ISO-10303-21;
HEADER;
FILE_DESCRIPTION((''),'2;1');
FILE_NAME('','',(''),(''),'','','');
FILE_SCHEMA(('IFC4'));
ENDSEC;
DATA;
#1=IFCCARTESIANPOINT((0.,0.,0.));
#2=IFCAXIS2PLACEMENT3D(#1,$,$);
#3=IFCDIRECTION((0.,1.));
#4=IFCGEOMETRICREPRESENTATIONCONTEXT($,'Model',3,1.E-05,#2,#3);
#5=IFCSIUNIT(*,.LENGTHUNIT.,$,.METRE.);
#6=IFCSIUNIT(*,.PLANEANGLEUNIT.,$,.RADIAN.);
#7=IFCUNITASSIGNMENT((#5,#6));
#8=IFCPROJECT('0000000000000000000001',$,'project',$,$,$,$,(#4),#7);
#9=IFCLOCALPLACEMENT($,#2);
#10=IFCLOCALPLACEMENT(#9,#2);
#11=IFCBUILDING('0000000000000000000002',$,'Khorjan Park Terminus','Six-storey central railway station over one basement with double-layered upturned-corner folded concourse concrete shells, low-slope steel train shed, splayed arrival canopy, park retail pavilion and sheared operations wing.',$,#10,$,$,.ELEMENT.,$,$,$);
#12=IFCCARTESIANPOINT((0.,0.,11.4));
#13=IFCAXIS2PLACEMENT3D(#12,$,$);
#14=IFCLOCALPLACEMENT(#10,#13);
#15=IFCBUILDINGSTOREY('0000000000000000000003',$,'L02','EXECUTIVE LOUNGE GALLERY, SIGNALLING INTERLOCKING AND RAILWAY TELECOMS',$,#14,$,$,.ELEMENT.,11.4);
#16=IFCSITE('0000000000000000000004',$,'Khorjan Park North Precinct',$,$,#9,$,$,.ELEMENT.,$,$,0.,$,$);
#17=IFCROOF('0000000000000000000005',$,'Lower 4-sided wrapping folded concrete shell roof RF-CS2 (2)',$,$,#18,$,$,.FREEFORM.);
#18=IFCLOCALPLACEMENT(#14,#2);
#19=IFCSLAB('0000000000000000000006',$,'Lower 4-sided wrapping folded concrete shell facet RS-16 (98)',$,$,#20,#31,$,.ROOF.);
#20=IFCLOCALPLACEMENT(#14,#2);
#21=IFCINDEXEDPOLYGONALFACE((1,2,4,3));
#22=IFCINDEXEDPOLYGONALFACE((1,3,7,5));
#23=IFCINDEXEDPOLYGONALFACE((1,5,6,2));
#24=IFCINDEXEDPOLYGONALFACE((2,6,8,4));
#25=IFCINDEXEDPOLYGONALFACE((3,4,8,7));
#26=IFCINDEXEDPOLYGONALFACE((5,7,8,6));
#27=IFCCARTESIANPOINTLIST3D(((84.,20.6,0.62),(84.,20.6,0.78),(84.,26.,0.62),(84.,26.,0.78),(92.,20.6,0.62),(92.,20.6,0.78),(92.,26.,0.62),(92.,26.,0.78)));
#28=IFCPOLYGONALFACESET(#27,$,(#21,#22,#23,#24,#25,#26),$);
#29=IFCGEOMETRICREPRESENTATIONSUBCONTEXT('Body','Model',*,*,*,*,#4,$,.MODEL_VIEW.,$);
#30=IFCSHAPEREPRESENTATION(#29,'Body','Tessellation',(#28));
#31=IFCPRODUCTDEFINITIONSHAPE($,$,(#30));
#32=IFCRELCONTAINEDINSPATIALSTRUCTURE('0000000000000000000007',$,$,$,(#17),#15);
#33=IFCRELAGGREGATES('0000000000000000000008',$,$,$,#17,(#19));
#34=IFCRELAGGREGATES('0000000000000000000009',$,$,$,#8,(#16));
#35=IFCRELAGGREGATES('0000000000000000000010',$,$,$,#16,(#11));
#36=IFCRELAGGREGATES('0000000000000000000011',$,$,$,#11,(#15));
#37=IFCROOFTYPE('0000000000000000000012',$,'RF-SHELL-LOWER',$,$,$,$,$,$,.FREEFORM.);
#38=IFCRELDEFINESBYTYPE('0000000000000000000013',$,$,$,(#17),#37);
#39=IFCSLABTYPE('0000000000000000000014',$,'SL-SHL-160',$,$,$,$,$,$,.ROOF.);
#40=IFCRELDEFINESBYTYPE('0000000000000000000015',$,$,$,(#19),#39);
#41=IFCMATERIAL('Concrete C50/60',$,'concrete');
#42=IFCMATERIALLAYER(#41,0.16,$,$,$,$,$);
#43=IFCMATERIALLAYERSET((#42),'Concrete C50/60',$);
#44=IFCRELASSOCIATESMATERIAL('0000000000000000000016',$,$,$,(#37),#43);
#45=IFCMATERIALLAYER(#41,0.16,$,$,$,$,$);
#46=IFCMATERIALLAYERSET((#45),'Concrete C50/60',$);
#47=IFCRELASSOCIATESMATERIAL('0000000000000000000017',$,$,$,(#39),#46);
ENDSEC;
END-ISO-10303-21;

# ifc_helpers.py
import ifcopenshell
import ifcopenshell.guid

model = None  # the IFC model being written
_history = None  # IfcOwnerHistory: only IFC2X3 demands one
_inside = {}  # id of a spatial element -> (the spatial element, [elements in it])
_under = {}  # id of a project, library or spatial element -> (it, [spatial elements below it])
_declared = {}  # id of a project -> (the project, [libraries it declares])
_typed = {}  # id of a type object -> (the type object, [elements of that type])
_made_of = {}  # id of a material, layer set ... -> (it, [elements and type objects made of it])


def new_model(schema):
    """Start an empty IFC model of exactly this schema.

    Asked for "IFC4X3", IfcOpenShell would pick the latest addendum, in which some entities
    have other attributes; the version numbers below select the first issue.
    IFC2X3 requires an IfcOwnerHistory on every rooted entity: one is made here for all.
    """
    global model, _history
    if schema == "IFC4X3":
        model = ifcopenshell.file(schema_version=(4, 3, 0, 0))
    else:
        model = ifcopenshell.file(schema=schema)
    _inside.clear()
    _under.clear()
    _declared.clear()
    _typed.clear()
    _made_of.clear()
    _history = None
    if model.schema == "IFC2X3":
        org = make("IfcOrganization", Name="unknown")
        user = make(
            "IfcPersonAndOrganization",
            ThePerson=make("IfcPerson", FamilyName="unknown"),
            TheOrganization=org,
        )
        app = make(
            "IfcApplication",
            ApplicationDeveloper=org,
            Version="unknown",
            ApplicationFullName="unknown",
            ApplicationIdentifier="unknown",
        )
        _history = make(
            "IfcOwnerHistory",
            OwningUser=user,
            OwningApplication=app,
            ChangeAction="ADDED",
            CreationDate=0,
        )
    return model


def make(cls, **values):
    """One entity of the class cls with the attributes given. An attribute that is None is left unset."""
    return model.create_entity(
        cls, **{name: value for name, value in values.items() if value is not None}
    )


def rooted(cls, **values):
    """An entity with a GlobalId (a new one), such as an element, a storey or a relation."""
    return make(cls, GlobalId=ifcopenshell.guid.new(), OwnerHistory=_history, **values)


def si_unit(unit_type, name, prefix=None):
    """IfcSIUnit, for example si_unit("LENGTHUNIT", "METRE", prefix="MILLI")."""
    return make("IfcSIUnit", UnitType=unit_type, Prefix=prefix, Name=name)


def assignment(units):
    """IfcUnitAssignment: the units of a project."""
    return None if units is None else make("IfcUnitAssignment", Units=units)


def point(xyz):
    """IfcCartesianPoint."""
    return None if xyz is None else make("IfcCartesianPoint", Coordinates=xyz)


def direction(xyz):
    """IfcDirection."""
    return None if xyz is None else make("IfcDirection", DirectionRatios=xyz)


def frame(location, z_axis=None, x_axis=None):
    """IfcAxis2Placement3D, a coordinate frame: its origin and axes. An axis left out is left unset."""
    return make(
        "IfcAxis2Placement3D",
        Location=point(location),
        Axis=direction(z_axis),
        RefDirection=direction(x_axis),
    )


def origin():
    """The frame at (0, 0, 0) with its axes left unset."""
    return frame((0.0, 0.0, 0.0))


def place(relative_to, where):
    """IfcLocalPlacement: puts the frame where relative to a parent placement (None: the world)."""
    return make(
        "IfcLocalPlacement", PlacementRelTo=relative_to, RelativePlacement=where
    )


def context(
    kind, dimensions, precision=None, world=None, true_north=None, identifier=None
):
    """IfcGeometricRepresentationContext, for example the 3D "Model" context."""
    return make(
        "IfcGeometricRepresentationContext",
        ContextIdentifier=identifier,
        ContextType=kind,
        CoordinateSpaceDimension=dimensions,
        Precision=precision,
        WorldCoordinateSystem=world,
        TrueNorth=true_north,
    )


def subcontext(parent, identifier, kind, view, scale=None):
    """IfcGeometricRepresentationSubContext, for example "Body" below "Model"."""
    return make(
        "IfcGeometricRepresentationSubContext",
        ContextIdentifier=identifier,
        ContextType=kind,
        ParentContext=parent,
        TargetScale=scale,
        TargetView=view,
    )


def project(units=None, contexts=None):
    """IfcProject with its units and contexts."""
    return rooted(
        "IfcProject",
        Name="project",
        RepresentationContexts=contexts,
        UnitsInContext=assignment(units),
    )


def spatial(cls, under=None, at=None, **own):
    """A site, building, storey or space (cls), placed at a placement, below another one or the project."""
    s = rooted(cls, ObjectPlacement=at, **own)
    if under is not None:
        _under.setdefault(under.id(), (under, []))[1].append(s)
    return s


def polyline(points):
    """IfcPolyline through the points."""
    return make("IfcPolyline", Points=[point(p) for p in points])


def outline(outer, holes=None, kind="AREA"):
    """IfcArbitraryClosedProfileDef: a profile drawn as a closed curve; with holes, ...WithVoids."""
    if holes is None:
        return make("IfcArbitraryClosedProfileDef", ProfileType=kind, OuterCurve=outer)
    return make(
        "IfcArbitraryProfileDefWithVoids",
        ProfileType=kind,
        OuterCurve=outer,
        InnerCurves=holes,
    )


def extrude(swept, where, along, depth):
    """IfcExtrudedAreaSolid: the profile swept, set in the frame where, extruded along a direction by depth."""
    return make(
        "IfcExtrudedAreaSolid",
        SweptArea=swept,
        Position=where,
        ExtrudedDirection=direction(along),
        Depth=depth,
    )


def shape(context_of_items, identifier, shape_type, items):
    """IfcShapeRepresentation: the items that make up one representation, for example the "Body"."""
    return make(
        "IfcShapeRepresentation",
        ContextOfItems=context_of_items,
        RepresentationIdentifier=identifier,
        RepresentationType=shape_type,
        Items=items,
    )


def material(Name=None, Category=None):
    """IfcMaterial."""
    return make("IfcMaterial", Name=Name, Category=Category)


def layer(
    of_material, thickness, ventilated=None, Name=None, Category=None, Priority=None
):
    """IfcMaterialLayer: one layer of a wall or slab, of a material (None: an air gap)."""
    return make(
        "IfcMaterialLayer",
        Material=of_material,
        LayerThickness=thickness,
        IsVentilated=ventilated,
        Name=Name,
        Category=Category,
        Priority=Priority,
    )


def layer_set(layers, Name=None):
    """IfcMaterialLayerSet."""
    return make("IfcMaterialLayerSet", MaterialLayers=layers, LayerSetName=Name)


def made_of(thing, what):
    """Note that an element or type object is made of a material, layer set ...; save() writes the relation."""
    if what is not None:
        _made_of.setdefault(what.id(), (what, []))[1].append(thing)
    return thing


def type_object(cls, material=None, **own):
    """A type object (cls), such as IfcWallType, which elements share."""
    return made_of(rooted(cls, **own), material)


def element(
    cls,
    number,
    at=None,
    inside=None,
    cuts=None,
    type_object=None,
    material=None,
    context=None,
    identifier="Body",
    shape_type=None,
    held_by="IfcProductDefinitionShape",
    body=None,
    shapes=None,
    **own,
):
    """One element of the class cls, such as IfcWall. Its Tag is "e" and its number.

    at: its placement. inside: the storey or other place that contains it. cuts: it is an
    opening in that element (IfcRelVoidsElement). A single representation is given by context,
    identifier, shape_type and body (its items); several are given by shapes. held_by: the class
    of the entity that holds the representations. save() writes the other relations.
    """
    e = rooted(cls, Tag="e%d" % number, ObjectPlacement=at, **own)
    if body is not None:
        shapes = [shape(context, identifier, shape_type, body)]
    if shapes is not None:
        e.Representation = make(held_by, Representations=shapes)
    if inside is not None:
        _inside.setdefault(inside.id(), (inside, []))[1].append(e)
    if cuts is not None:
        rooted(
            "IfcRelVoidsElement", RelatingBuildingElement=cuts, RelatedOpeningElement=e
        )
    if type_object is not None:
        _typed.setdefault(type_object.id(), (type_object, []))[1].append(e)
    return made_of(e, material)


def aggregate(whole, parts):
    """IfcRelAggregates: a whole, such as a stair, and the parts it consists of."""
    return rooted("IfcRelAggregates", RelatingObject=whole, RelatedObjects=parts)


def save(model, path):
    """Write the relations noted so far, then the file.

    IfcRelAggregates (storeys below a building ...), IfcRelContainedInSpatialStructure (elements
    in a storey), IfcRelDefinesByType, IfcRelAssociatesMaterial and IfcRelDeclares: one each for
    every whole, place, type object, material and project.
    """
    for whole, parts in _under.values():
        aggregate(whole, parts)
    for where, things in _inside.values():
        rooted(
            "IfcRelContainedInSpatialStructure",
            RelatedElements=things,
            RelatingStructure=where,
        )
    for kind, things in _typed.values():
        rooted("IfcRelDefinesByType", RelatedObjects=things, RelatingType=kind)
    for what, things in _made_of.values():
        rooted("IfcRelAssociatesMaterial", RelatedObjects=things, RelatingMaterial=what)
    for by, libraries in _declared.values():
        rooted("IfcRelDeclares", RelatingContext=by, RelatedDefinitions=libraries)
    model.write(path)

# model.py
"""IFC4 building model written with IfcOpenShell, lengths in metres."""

from ifc_helpers import new_model, si_unit, direction, frame, origin, place, context, subcontext, project, spatial, polyline, outline, extrude, material, layer, layer_set, type_object, element, aggregate, save


model = new_model("IFC4")

# Units and contexts
model_context = context("Model", 3, precision=1e-05, world=origin(), true_north=direction((0.0, 1.0)))
body_context = subcontext(model_context, "Body", "Model", "MODEL_VIEW")
ifc_project = project(units=[si_unit("LENGTHUNIT", "METRE"), si_unit("PLANEANGLEUNIT", "RADIAN")], contexts=[model_context])

# Site, building, storey
site_placement = place(None, origin())
site = spatial("IfcSite", under=ifc_project, at=site_placement, Name="Khorjan Park North Precinct", CompositionType="ELEMENT", RefElevation=0.0)
building_placement = place(site_placement, origin())
building = spatial("IfcBuilding", under=site, at=building_placement, Name="Khorjan Park Terminus", Description="Six-storey central railway station over one basement with double-layered upturned-corner folded concourse concrete shells, low-slope steel train shed, splayed arrival canopy, park retail pavilion and sheared operations wing.", CompositionType="ELEMENT")
storey_placement = place(building_placement, frame((0.0, 0.0, 11.4)))
storey = spatial("IfcBuildingStorey", under=building, at=storey_placement, Name="L02", Description="EXECUTIVE LOUNGE GALLERY, SIGNALLING INTERLOCKING AND RAILWAY TELECOMS", CompositionType="ELEMENT", Elevation=11.4)

# Roof, slab
ifc_material_1 = material(Name="Concrete C50/60", Category="concrete")
ifc_layer_1 = layer(ifc_material_1, 0.16)
ifc_layer_set_1 = layer_set([ifc_layer_1], Name="Concrete C50/60")
roof_type = type_object("IfcRoofType", Name="RF-SHELL-LOWER", PredefinedType="FREEFORM", material=ifc_layer_set_1)
roof_placement = place(storey_placement, origin())
roof = element("IfcRoof", 1, at=roof_placement, inside=storey, type_object=roof_type, Name="Lower 4-sided wrapping folded concrete shell roof RF-CS2 (2)", PredefinedType="FREEFORM")
ifc_layer_2 = layer(ifc_material_1, 0.16)
ifc_layer_set_2 = layer_set([ifc_layer_2], Name="Concrete C50/60")
slab_type = type_object("IfcSlabType", Name="SL-SHL-160", PredefinedType="ROOF", material=ifc_layer_set_2)
slab_1_placement = place(storey_placement, frame((84.0, 20.6, 0.78), z_axis=(0.0, 0.0, 1.0), x_axis=(1.0, 0.0, 0.0)))
slab_1 = element("IfcSlab", 2, at=slab_1_placement, type_object=slab_type, Name="Lower 4-sided wrapping folded concrete shell facet RS-16 (98)", PredefinedType="ROOF", context=body_context, shape_type="SweptSolid", body=[
    extrude(outline(polyline([(0.0, 0.0), (8.0, 0.0), (8.0, 5.4), (0.0, 5.4), (0.0, 0.0)])), origin(), (0.0, 0.0, -1.0), 0.16),
])
aggregate(roof, [slab_1])

save(model, "model.ifc")
